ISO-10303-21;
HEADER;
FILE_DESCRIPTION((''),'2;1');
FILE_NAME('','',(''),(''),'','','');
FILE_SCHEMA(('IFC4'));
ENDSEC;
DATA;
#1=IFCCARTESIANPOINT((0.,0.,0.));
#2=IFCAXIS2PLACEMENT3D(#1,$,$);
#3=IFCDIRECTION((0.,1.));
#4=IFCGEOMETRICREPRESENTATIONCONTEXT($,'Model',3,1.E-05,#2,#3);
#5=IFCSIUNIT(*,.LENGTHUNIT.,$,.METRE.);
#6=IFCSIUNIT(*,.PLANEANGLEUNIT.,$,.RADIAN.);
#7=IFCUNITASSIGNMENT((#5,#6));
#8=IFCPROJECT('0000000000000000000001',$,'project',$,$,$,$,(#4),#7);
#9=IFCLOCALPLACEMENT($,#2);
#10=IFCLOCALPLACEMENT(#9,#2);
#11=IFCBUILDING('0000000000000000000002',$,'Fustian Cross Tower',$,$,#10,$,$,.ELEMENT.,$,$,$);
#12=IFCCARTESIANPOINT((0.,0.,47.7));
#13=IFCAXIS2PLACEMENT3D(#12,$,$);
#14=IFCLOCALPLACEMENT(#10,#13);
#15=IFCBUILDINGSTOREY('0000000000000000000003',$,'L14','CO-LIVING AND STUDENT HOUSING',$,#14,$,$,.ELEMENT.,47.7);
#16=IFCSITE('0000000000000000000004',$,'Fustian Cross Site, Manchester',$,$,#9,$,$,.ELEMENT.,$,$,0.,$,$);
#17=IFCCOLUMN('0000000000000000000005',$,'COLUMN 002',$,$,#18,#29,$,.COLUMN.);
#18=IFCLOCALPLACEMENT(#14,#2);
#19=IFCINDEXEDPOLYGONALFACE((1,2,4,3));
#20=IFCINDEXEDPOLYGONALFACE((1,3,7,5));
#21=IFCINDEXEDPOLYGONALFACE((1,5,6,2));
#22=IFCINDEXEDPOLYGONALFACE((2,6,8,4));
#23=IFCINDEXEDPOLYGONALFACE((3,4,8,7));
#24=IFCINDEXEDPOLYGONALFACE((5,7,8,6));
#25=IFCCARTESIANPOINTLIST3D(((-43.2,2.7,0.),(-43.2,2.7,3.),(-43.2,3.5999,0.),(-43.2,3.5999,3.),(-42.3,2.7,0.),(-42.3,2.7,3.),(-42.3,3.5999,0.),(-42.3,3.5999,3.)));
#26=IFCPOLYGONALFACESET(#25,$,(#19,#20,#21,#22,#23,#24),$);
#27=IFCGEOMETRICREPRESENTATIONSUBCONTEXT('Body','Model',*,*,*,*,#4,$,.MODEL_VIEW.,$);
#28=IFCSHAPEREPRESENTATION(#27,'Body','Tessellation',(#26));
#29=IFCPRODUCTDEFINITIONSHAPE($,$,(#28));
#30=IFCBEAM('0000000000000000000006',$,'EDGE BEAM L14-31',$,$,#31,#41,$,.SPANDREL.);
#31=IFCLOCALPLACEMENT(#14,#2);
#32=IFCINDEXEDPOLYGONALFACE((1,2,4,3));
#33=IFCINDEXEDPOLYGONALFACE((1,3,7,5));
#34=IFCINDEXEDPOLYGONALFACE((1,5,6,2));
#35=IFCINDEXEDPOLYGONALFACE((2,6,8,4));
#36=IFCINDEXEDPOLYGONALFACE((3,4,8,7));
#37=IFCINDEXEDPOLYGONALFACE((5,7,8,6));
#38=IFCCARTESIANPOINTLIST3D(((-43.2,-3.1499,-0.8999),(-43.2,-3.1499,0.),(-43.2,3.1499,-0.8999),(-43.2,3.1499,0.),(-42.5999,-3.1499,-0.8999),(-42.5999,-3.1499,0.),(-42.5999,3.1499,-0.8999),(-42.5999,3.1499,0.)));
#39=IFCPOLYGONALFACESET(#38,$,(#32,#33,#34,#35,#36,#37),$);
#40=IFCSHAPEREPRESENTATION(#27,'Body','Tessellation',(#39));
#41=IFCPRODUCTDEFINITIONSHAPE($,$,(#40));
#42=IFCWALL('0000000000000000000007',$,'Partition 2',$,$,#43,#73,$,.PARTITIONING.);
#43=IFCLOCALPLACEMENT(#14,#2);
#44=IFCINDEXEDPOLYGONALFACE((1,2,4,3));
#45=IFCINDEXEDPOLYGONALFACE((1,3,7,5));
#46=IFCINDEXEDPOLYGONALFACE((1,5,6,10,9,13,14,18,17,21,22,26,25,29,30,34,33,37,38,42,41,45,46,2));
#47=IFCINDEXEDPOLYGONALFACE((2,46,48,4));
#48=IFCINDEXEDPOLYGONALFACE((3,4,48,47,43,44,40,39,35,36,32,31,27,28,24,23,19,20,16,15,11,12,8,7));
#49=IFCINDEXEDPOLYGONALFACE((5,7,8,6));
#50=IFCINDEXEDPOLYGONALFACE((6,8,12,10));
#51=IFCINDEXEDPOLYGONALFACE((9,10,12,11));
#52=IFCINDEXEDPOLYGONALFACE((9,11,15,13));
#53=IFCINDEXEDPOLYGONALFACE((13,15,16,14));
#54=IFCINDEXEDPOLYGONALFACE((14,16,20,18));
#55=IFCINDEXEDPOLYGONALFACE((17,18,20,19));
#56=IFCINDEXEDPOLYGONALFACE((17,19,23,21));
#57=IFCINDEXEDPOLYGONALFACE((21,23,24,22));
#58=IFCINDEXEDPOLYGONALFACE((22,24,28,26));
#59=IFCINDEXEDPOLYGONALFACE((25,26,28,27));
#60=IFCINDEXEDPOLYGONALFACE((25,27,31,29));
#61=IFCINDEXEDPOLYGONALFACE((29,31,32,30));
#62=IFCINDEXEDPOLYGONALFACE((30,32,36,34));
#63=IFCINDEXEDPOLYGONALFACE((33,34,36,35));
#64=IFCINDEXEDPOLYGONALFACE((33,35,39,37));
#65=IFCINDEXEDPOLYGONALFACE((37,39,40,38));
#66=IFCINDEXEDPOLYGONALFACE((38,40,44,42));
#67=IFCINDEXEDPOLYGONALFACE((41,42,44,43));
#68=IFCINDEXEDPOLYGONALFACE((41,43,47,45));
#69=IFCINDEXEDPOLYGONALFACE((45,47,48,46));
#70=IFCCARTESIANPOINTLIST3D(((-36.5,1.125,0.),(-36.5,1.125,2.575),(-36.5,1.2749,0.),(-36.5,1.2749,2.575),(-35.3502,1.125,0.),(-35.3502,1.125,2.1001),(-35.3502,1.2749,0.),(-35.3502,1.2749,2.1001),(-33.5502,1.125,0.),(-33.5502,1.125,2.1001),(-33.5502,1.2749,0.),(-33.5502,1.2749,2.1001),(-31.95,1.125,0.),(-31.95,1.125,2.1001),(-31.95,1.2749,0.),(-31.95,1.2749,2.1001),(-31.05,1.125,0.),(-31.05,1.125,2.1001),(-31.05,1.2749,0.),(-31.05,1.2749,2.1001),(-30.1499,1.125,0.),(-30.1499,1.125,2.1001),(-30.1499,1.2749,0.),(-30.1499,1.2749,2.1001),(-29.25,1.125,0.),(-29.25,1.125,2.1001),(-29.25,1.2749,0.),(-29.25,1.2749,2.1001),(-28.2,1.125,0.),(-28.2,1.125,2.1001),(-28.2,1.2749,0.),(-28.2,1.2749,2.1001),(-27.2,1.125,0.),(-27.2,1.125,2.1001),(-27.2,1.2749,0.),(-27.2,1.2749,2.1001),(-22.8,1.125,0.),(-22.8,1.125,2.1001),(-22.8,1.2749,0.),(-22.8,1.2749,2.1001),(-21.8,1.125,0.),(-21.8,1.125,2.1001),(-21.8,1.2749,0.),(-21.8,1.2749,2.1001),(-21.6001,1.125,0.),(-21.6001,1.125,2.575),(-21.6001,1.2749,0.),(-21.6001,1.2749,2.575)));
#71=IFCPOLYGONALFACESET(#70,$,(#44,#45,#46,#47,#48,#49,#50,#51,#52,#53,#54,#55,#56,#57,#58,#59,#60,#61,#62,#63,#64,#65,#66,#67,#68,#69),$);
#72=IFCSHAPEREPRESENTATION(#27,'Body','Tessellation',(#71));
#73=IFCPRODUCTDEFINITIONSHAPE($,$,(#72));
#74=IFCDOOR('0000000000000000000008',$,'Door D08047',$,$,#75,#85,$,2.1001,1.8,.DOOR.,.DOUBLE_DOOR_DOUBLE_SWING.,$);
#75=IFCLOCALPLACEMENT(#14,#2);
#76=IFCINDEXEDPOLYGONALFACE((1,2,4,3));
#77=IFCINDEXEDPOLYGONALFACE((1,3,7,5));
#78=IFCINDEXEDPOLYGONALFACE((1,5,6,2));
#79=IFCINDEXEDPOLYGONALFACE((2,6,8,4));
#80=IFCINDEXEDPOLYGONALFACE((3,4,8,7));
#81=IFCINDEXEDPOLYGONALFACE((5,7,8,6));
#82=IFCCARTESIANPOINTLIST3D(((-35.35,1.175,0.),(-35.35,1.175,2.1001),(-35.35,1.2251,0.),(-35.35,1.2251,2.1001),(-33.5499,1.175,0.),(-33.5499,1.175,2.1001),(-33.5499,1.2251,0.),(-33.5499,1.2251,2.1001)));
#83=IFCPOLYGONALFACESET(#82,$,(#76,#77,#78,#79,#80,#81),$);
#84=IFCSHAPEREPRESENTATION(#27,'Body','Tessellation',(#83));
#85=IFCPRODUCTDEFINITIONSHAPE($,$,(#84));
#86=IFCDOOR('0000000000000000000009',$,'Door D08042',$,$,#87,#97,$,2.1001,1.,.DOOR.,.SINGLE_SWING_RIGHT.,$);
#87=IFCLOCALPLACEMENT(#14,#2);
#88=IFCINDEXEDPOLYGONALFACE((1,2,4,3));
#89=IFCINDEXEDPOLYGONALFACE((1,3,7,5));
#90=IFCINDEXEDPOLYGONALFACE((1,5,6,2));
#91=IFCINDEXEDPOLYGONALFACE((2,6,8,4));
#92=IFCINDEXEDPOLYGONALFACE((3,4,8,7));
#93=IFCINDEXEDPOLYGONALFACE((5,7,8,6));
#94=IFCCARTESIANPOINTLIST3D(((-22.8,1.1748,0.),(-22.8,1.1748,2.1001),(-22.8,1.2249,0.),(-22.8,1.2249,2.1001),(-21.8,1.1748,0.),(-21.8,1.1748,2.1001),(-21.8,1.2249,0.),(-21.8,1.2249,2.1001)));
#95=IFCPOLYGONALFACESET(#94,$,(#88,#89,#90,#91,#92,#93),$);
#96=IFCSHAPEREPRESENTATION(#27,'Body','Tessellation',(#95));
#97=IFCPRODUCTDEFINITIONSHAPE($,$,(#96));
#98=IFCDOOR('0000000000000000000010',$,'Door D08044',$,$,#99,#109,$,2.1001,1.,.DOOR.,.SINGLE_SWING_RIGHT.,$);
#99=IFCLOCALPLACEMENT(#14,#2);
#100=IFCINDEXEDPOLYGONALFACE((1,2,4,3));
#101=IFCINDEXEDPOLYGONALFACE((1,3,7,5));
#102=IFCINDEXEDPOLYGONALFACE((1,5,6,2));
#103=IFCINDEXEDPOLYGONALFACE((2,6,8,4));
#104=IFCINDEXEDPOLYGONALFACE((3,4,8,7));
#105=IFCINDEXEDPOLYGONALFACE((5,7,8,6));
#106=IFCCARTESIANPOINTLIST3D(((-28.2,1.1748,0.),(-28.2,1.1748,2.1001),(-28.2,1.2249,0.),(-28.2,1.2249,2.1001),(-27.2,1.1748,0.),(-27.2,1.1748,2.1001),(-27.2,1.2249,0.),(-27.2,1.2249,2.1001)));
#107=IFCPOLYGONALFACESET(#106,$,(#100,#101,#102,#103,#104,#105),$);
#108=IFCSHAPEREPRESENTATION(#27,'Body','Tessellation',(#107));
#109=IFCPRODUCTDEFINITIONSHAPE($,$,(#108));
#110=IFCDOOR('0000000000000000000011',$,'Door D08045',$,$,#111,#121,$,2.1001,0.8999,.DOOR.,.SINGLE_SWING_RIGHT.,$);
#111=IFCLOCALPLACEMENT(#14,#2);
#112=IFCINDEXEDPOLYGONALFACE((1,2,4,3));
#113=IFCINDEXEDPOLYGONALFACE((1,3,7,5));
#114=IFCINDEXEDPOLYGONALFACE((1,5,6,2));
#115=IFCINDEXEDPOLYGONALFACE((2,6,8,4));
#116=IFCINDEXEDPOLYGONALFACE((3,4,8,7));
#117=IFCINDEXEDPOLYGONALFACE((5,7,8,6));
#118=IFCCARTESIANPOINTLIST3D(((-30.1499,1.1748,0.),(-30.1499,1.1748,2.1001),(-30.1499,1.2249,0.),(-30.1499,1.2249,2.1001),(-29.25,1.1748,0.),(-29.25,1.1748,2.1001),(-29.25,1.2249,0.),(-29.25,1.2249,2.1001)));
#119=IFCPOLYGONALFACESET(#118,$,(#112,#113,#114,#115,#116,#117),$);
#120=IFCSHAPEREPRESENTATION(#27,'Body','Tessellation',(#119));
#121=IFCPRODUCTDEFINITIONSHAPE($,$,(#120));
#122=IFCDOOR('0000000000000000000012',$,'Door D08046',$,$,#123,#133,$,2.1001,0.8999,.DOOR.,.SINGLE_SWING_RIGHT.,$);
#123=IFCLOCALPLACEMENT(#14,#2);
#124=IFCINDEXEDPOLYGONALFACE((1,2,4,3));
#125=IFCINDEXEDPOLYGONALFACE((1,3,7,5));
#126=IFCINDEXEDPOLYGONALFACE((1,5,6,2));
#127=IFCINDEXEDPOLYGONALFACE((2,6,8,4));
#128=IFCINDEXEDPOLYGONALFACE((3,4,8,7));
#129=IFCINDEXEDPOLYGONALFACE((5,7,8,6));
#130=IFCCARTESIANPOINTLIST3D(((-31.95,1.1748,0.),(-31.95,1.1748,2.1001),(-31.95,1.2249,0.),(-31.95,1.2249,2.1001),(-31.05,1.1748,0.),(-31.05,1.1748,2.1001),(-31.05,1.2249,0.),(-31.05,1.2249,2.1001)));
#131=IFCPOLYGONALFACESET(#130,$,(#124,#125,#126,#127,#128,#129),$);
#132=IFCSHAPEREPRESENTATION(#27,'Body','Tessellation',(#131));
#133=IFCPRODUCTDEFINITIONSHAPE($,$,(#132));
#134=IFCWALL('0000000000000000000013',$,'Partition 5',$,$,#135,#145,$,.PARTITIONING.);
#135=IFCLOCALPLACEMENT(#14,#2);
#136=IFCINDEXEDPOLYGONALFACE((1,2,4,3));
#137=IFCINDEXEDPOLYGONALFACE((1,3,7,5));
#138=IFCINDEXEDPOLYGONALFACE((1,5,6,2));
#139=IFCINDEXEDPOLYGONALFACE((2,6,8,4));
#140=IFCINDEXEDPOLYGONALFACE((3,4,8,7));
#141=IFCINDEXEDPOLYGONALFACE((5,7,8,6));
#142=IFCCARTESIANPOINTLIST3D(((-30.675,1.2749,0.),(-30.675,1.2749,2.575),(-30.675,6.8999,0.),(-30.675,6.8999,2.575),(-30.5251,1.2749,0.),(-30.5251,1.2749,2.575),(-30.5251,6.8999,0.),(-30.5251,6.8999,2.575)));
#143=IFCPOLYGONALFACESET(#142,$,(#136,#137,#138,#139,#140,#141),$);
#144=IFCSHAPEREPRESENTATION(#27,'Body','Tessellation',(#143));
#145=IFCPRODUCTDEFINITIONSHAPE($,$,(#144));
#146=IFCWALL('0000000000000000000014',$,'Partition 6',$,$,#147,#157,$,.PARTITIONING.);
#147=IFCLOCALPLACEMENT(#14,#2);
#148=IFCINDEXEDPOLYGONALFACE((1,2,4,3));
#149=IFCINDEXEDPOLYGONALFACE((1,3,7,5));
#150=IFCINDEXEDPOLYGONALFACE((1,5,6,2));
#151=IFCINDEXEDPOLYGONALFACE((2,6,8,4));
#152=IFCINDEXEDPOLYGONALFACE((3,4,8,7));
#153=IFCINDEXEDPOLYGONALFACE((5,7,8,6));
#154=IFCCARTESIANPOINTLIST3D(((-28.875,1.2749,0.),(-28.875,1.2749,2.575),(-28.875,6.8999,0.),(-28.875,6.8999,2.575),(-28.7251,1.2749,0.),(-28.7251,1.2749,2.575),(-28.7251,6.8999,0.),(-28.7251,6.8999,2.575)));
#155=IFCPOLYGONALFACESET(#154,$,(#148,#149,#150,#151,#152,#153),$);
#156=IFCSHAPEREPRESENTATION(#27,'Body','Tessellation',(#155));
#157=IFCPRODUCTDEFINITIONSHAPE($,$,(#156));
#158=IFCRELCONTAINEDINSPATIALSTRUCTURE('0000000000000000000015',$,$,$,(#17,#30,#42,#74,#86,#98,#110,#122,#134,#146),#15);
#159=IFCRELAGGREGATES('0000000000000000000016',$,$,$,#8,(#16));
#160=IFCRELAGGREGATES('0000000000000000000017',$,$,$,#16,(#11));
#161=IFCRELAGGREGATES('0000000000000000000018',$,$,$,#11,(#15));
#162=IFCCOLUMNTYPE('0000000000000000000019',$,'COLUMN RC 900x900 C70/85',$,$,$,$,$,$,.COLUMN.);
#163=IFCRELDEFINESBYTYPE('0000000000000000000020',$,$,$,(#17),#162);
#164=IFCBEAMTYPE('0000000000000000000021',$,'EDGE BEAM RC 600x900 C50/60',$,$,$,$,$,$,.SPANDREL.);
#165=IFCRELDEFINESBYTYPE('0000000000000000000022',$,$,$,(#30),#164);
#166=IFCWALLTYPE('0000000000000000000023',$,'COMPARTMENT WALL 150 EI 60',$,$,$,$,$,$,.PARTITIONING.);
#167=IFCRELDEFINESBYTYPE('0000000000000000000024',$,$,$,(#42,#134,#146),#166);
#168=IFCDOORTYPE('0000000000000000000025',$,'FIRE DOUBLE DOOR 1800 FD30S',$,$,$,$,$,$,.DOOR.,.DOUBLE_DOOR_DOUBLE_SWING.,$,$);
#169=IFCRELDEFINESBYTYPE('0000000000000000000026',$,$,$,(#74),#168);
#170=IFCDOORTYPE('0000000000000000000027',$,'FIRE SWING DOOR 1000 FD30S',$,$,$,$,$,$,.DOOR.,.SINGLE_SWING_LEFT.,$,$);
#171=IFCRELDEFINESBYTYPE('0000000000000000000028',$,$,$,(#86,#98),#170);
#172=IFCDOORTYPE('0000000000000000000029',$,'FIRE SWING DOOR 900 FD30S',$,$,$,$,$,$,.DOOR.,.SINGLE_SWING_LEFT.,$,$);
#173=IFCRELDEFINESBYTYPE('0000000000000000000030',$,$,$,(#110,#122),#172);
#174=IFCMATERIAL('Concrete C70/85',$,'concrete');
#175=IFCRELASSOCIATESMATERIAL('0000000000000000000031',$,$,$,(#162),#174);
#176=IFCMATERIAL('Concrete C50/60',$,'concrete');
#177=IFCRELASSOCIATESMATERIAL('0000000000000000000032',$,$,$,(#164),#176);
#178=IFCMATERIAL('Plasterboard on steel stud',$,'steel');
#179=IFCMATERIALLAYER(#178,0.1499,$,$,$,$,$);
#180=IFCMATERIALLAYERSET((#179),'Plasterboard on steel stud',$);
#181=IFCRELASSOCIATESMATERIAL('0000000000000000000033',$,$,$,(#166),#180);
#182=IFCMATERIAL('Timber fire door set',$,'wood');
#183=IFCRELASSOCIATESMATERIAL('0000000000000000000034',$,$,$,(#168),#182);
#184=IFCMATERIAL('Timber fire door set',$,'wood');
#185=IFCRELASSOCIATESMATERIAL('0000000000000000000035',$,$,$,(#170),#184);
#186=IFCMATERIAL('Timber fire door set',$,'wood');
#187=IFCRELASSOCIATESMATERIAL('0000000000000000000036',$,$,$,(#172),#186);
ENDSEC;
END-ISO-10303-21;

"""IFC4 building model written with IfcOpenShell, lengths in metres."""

from ifc_helpers import new_model, si_unit, direction, frame, frame_2d, origin, origin_2d, place, context, subcontext, project, spatial, rectangle, extrude, material, layer, layer_set, material_profile, profile_set, type_object, element, fill, save


model = new_model("IFC4")

# Units and contexts
model_context = context("Model", 3, precision=1e-05, world=origin(), true_north=direction((0.0, 1.0)))
body_context = subcontext(model_context, "Body", "Model", "MODEL_VIEW")
ifc_project = project(units=[si_unit("LENGTHUNIT", "METRE"), si_unit("PLANEANGLEUNIT", "RADIAN")], contexts=[model_context])

# Site, building, storey
site_placement = place(None, origin())
site = spatial("IfcSite", under=ifc_project, at=site_placement, Name="Fustian Cross Site, Manchester", CompositionType="ELEMENT", RefElevation=0.0)
building_placement = place(site_placement, origin())
building = spatial("IfcBuilding", under=site, at=building_placement, Name="Fustian Cross Tower", CompositionType="ELEMENT")
storey_placement = place(building_placement, frame((0.0, 0.0, 47.7)))
storey = spatial("IfcBuildingStorey", under=building, at=storey_placement, Name="L14", Description="CO-LIVING AND STUDENT HOUSING", CompositionType="ELEMENT", Elevation=47.7)

# Column
ifc_material_1 = material(Name="Concrete C70/85", Category="concrete")
ifc_material_profile_1 = material_profile(ifc_material_1, rectangle(XDim=0.8999, YDim=0.8999, at=origin_2d()), Name="RC 900x900")
ifc_profile_set_1 = profile_set([ifc_material_profile_1], Name="Concrete C70/85")
column_type = type_object("IfcColumnType", Name="COLUMN RC 900x900 C70/85", PredefinedType="COLUMN", material=ifc_profile_set_1)
column_placement = place(storey_placement, frame((-42.75, 3.1499, 0.0), z_axis=(0.0, 0.0, 1.0), x_axis=(1.0, 0.0, 0.0)))
element("IfcColumn", 1, at=column_placement, inside=storey, type_object=column_type, Name="COLUMN 002", PredefinedType="COLUMN", context=body_context, shape_type="SweptSolid", body=[
    extrude(rectangle(XDim=0.8999, YDim=0.8999, at=origin_2d()), origin(), (0.0, 0.0, 1.0), 3.0),
])

# Beam
ifc_material_2 = material(Name="Concrete C50/60", Category="concrete")
ifc_material_profile_2 = material_profile(ifc_material_2, rectangle(XDim=0.6001, YDim=0.8999, at=origin_2d()), Name="RC 600x900")
ifc_profile_set_2 = profile_set([ifc_material_profile_2], Name="Concrete C50/60")
beam_type = type_object("IfcBeamType", Name="EDGE BEAM RC 600x900 C50/60", PredefinedType="SPANDREL", material=ifc_profile_set_2)
beam_placement = place(storey_placement, frame((-42.8999, 3.1499, -0.45), z_axis=(0.0, -1.0, 0.0), x_axis=(1.0, 0.0, 0.0)))
element("IfcBeam", 2, at=beam_placement, inside=storey, type_object=beam_type, Name="EDGE BEAM L14-31", PredefinedType="SPANDREL", context=body_context, shape_type="SweptSolid", body=[
    extrude(rectangle(XDim=0.6001, YDim=0.8999, at=origin_2d()), origin(), (0.0, 0.0, 1.0), 6.2998),
])

# Wall, openings, doors
ifc_material_3 = material(Name="Plasterboard on steel stud", Category="steel")
ifc_layer_1 = layer(ifc_material_3, 0.1499)
ifc_layer_set_1 = layer_set([ifc_layer_1], Name="Plasterboard on steel stud")
wall_type_1 = type_object("IfcWallType", Name="COMPARTMENT WALL 150 EI 60", PredefinedType="PARTITIONING", material=ifc_layer_set_1)
wall_1_placement = place(storey_placement, frame((-36.5, 1.2, 0.0), z_axis=(0.0, 0.0, 1.0), x_axis=(1.0, 0.0, 0.0)))
wall_1 = element("IfcWall", 3, at=wall_1_placement, inside=storey, type_object=wall_type_1, Name="Partition 2", PredefinedType="PARTITIONING", context=body_context, shape_type="SweptSolid", body=[
    extrude(rectangle(XDim=14.8999, YDim=0.1499, at=frame_2d((7.45, 0.0))), origin(), (0.0, 0.0, 1.0), 2.575),
])
opening_1_placement = place(wall_1_placement, frame((13.7, 0.0, 0.0)))
opening_1 = element("IfcOpeningElement", 4, at=opening_1_placement, cuts=wall_1, PredefinedType="OPENING", context=body_context, shape_type="SweptSolid", body=[
    extrude(rectangle(XDim=1.0, YDim=2.1001, at=frame_2d((0.5, 1.05))), frame((0.0, 0.085, 0.0), z_axis=(0.0, -1.0, 0.0), x_axis=(1.0, 0.0, 0.0)), (0.0, 0.0, 1.0), 0.1699),
])
opening_2_placement = place(wall_1_placement, frame((8.3, 0.0, 0.0)))
opening_2 = element("IfcOpeningElement", 5, at=opening_2_placement, cuts=wall_1, PredefinedType="OPENING", context=body_context, shape_type="SweptSolid", body=[
    extrude(rectangle(XDim=1.0, YDim=2.1001, at=frame_2d((0.5, 1.05))), frame((0.0, 0.085, 0.0), z_axis=(0.0, -1.0, 0.0), x_axis=(1.0, 0.0, 0.0)), (0.0, 0.0, 1.0), 0.1699),
])
opening_3_placement = place(wall_1_placement, frame((6.3501, 0.0, 0.0)))
opening_3 = element("IfcOpeningElement", 6, at=opening_3_placement, cuts=wall_1, PredefinedType="OPENING", context=body_context, shape_type="SweptSolid", body=[
    extrude(rectangle(XDim=0.8999, YDim=2.1001, at=frame_2d((0.45, 1.05))), frame((0.0, 0.085, 0.0), z_axis=(0.0, -1.0, 0.0), x_axis=(1.0, 0.0, 0.0)), (0.0, 0.0, 1.0), 0.1699),
])
opening_4_placement = place(wall_1_placement, frame((4.55, 0.0, 0.0)))
opening_4 = element("IfcOpeningElement", 7, at=opening_4_placement, cuts=wall_1, PredefinedType="OPENING", context=body_context, shape_type="SweptSolid", body=[
    extrude(rectangle(XDim=0.8999, YDim=2.1001, at=frame_2d((0.45, 1.05))), frame((0.0, 0.085, 0.0), z_axis=(0.0, -1.0, 0.0), x_axis=(1.0, 0.0, 0.0)), (0.0, 0.0, 1.0), 0.1699),
])
opening_5_placement = place(wall_1_placement, frame((1.1499, 0.0, 0.0)))
opening_5 = element("IfcOpeningElement", 8, at=opening_5_placement, cuts=wall_1, PredefinedType="OPENING", context=body_context, shape_type="SweptSolid", body=[
    extrude(rectangle(XDim=1.8, YDim=2.1001, at=frame_2d((0.8999, 1.05))), frame((0.0, 0.085, 0.0), z_axis=(0.0, -1.0, 0.0), x_axis=(1.0, 0.0, 0.0)), (0.0, 0.0, 1.0), 0.1699),
])
ifc_material_4 = material(Name="Timber fire door set", Category="wood")
door_type_1 = type_object("IfcDoorType", Name="FIRE DOUBLE DOOR 1800 FD30S", OperationType="DOUBLE_DOOR_DOUBLE_SWING", PredefinedType="DOOR", material=ifc_material_4)
door_1_placement = place(opening_5_placement, frame((1.8, 0.0, 0.0), z_axis=(0.0, 0.0, 1.0), x_axis=(-1.0, 0.0, 0.0)))
door_1 = element("IfcDoor", 9, at=door_1_placement, inside=storey, type_object=door_type_1, Name="Door D08047", OperationType="DOUBLE_DOOR_DOUBLE_SWING", OverallHeight=2.1001, OverallWidth=1.8, PredefinedType="DOOR", context=body_context, shape_type="SweptSolid", body=[
    extrude(rectangle(XDim=1.8, YDim=2.1001, at=frame_2d((0.8999, 1.05))), frame((0.0, 0.0249, 0.0), z_axis=(0.0, -1.0, 0.0), x_axis=(1.0, 0.0, 0.0)), (0.0, 0.0, 1.0), 0.05),
])
fill(opening_5, door_1)
ifc_material_5 = material(Name="Timber fire door set", Category="wood")
door_type_2 = type_object("IfcDoorType", Name="FIRE SWING DOOR 1000 FD30S", OperationType="SINGLE_SWING_LEFT", PredefinedType="DOOR", material=ifc_material_5)
door_2_placement = place(opening_1_placement, origin())
door_2 = element("IfcDoor", 10, at=door_2_placement, inside=storey, type_object=door_type_2, Name="Door D08042", OperationType="SINGLE_SWING_RIGHT", OverallHeight=2.1001, OverallWidth=1.0, PredefinedType="DOOR", context=body_context, shape_type="SweptSolid", body=[
    extrude(rectangle(XDim=1.0, YDim=2.1001, at=frame_2d((0.5, 1.05))), frame((0.0, 0.0249, 0.0), z_axis=(0.0, -1.0, 0.0), x_axis=(1.0, 0.0, 0.0)), (0.0, 0.0, 1.0), 0.05),
])
fill(opening_1, door_2)
door_3_placement = place(opening_2_placement, origin())
door_3 = element("IfcDoor", 11, at=door_3_placement, inside=storey, type_object=door_type_2, Name="Door D08044", OperationType="SINGLE_SWING_RIGHT", OverallHeight=2.1001, OverallWidth=1.0, PredefinedType="DOOR", context=body_context, shape_type="SweptSolid", body=[
    extrude(rectangle(XDim=1.0, YDim=2.1001, at=frame_2d((0.5, 1.05))), frame((0.0, 0.0249, 0.0), z_axis=(0.0, -1.0, 0.0), x_axis=(1.0, 0.0, 0.0)), (0.0, 0.0, 1.0), 0.05),
])
fill(opening_2, door_3)
ifc_material_6 = material(Name="Timber fire door set", Category="wood")
door_type_3 = type_object("IfcDoorType", Name="FIRE SWING DOOR 900 FD30S", OperationType="SINGLE_SWING_LEFT", PredefinedType="DOOR", material=ifc_material_6)
door_4_placement = place(opening_3_placement, origin())
door_4 = element("IfcDoor", 12, at=door_4_placement, inside=storey, type_object=door_type_3, Name="Door D08045", OperationType="SINGLE_SWING_RIGHT", OverallHeight=2.1001, OverallWidth=0.8999, PredefinedType="DOOR", context=body_context, shape_type="SweptSolid", body=[
    extrude(rectangle(XDim=0.8999, YDim=2.1001, at=frame_2d((0.45, 1.05))), frame((0.0, 0.0249, 0.0), z_axis=(0.0, -1.0, 0.0), x_axis=(1.0, 0.0, 0.0)), (0.0, 0.0, 1.0), 0.05),
])
fill(opening_3, door_4)
door_5_placement = place(opening_4_placement, origin())
door_5 = element("IfcDoor", 13, at=door_5_placement, inside=storey, type_object=door_type_3, Name="Door D08046", OperationType="SINGLE_SWING_RIGHT", OverallHeight=2.1001, OverallWidth=0.8999, PredefinedType="DOOR", context=body_context, shape_type="SweptSolid", body=[
    extrude(rectangle(XDim=0.8999, YDim=2.1001, at=frame_2d((0.45, 1.05))), frame((0.0, 0.0249, 0.0), z_axis=(0.0, -1.0, 0.0), x_axis=(1.0, 0.0, 0.0)), (0.0, 0.0, 1.0), 0.05),
])
fill(opening_4, door_5)

# Walls
for number, where, z_axis, x_axis, name in (
    (14, (-30.6001, 1.2749, 0.0), (0.0, 0.0, 1.0), (0.0, 1.0, 0.0), "Partition 5"),
    (15, (-28.8, 1.2749, 0.0), (0.0, 0.0, 1.0), (0.0, 1.0, 0.0), "Partition 6"),
):
    element("IfcWall", number, at=place(storey_placement, frame(where, z_axis=z_axis, x_axis=x_axis)), inside=storey, type_object=wall_type_1, Name=name, PredefinedType="PARTITIONING", context=body_context, shape_type="SweptSolid", body=[
        extrude(rectangle(XDim=5.625, YDim=0.1499, at=frame_2d((2.8125, 0.0))), origin(), (0.0, 0.0, 1.0), 2.575),
    ])

save(model, "model.ifc")
